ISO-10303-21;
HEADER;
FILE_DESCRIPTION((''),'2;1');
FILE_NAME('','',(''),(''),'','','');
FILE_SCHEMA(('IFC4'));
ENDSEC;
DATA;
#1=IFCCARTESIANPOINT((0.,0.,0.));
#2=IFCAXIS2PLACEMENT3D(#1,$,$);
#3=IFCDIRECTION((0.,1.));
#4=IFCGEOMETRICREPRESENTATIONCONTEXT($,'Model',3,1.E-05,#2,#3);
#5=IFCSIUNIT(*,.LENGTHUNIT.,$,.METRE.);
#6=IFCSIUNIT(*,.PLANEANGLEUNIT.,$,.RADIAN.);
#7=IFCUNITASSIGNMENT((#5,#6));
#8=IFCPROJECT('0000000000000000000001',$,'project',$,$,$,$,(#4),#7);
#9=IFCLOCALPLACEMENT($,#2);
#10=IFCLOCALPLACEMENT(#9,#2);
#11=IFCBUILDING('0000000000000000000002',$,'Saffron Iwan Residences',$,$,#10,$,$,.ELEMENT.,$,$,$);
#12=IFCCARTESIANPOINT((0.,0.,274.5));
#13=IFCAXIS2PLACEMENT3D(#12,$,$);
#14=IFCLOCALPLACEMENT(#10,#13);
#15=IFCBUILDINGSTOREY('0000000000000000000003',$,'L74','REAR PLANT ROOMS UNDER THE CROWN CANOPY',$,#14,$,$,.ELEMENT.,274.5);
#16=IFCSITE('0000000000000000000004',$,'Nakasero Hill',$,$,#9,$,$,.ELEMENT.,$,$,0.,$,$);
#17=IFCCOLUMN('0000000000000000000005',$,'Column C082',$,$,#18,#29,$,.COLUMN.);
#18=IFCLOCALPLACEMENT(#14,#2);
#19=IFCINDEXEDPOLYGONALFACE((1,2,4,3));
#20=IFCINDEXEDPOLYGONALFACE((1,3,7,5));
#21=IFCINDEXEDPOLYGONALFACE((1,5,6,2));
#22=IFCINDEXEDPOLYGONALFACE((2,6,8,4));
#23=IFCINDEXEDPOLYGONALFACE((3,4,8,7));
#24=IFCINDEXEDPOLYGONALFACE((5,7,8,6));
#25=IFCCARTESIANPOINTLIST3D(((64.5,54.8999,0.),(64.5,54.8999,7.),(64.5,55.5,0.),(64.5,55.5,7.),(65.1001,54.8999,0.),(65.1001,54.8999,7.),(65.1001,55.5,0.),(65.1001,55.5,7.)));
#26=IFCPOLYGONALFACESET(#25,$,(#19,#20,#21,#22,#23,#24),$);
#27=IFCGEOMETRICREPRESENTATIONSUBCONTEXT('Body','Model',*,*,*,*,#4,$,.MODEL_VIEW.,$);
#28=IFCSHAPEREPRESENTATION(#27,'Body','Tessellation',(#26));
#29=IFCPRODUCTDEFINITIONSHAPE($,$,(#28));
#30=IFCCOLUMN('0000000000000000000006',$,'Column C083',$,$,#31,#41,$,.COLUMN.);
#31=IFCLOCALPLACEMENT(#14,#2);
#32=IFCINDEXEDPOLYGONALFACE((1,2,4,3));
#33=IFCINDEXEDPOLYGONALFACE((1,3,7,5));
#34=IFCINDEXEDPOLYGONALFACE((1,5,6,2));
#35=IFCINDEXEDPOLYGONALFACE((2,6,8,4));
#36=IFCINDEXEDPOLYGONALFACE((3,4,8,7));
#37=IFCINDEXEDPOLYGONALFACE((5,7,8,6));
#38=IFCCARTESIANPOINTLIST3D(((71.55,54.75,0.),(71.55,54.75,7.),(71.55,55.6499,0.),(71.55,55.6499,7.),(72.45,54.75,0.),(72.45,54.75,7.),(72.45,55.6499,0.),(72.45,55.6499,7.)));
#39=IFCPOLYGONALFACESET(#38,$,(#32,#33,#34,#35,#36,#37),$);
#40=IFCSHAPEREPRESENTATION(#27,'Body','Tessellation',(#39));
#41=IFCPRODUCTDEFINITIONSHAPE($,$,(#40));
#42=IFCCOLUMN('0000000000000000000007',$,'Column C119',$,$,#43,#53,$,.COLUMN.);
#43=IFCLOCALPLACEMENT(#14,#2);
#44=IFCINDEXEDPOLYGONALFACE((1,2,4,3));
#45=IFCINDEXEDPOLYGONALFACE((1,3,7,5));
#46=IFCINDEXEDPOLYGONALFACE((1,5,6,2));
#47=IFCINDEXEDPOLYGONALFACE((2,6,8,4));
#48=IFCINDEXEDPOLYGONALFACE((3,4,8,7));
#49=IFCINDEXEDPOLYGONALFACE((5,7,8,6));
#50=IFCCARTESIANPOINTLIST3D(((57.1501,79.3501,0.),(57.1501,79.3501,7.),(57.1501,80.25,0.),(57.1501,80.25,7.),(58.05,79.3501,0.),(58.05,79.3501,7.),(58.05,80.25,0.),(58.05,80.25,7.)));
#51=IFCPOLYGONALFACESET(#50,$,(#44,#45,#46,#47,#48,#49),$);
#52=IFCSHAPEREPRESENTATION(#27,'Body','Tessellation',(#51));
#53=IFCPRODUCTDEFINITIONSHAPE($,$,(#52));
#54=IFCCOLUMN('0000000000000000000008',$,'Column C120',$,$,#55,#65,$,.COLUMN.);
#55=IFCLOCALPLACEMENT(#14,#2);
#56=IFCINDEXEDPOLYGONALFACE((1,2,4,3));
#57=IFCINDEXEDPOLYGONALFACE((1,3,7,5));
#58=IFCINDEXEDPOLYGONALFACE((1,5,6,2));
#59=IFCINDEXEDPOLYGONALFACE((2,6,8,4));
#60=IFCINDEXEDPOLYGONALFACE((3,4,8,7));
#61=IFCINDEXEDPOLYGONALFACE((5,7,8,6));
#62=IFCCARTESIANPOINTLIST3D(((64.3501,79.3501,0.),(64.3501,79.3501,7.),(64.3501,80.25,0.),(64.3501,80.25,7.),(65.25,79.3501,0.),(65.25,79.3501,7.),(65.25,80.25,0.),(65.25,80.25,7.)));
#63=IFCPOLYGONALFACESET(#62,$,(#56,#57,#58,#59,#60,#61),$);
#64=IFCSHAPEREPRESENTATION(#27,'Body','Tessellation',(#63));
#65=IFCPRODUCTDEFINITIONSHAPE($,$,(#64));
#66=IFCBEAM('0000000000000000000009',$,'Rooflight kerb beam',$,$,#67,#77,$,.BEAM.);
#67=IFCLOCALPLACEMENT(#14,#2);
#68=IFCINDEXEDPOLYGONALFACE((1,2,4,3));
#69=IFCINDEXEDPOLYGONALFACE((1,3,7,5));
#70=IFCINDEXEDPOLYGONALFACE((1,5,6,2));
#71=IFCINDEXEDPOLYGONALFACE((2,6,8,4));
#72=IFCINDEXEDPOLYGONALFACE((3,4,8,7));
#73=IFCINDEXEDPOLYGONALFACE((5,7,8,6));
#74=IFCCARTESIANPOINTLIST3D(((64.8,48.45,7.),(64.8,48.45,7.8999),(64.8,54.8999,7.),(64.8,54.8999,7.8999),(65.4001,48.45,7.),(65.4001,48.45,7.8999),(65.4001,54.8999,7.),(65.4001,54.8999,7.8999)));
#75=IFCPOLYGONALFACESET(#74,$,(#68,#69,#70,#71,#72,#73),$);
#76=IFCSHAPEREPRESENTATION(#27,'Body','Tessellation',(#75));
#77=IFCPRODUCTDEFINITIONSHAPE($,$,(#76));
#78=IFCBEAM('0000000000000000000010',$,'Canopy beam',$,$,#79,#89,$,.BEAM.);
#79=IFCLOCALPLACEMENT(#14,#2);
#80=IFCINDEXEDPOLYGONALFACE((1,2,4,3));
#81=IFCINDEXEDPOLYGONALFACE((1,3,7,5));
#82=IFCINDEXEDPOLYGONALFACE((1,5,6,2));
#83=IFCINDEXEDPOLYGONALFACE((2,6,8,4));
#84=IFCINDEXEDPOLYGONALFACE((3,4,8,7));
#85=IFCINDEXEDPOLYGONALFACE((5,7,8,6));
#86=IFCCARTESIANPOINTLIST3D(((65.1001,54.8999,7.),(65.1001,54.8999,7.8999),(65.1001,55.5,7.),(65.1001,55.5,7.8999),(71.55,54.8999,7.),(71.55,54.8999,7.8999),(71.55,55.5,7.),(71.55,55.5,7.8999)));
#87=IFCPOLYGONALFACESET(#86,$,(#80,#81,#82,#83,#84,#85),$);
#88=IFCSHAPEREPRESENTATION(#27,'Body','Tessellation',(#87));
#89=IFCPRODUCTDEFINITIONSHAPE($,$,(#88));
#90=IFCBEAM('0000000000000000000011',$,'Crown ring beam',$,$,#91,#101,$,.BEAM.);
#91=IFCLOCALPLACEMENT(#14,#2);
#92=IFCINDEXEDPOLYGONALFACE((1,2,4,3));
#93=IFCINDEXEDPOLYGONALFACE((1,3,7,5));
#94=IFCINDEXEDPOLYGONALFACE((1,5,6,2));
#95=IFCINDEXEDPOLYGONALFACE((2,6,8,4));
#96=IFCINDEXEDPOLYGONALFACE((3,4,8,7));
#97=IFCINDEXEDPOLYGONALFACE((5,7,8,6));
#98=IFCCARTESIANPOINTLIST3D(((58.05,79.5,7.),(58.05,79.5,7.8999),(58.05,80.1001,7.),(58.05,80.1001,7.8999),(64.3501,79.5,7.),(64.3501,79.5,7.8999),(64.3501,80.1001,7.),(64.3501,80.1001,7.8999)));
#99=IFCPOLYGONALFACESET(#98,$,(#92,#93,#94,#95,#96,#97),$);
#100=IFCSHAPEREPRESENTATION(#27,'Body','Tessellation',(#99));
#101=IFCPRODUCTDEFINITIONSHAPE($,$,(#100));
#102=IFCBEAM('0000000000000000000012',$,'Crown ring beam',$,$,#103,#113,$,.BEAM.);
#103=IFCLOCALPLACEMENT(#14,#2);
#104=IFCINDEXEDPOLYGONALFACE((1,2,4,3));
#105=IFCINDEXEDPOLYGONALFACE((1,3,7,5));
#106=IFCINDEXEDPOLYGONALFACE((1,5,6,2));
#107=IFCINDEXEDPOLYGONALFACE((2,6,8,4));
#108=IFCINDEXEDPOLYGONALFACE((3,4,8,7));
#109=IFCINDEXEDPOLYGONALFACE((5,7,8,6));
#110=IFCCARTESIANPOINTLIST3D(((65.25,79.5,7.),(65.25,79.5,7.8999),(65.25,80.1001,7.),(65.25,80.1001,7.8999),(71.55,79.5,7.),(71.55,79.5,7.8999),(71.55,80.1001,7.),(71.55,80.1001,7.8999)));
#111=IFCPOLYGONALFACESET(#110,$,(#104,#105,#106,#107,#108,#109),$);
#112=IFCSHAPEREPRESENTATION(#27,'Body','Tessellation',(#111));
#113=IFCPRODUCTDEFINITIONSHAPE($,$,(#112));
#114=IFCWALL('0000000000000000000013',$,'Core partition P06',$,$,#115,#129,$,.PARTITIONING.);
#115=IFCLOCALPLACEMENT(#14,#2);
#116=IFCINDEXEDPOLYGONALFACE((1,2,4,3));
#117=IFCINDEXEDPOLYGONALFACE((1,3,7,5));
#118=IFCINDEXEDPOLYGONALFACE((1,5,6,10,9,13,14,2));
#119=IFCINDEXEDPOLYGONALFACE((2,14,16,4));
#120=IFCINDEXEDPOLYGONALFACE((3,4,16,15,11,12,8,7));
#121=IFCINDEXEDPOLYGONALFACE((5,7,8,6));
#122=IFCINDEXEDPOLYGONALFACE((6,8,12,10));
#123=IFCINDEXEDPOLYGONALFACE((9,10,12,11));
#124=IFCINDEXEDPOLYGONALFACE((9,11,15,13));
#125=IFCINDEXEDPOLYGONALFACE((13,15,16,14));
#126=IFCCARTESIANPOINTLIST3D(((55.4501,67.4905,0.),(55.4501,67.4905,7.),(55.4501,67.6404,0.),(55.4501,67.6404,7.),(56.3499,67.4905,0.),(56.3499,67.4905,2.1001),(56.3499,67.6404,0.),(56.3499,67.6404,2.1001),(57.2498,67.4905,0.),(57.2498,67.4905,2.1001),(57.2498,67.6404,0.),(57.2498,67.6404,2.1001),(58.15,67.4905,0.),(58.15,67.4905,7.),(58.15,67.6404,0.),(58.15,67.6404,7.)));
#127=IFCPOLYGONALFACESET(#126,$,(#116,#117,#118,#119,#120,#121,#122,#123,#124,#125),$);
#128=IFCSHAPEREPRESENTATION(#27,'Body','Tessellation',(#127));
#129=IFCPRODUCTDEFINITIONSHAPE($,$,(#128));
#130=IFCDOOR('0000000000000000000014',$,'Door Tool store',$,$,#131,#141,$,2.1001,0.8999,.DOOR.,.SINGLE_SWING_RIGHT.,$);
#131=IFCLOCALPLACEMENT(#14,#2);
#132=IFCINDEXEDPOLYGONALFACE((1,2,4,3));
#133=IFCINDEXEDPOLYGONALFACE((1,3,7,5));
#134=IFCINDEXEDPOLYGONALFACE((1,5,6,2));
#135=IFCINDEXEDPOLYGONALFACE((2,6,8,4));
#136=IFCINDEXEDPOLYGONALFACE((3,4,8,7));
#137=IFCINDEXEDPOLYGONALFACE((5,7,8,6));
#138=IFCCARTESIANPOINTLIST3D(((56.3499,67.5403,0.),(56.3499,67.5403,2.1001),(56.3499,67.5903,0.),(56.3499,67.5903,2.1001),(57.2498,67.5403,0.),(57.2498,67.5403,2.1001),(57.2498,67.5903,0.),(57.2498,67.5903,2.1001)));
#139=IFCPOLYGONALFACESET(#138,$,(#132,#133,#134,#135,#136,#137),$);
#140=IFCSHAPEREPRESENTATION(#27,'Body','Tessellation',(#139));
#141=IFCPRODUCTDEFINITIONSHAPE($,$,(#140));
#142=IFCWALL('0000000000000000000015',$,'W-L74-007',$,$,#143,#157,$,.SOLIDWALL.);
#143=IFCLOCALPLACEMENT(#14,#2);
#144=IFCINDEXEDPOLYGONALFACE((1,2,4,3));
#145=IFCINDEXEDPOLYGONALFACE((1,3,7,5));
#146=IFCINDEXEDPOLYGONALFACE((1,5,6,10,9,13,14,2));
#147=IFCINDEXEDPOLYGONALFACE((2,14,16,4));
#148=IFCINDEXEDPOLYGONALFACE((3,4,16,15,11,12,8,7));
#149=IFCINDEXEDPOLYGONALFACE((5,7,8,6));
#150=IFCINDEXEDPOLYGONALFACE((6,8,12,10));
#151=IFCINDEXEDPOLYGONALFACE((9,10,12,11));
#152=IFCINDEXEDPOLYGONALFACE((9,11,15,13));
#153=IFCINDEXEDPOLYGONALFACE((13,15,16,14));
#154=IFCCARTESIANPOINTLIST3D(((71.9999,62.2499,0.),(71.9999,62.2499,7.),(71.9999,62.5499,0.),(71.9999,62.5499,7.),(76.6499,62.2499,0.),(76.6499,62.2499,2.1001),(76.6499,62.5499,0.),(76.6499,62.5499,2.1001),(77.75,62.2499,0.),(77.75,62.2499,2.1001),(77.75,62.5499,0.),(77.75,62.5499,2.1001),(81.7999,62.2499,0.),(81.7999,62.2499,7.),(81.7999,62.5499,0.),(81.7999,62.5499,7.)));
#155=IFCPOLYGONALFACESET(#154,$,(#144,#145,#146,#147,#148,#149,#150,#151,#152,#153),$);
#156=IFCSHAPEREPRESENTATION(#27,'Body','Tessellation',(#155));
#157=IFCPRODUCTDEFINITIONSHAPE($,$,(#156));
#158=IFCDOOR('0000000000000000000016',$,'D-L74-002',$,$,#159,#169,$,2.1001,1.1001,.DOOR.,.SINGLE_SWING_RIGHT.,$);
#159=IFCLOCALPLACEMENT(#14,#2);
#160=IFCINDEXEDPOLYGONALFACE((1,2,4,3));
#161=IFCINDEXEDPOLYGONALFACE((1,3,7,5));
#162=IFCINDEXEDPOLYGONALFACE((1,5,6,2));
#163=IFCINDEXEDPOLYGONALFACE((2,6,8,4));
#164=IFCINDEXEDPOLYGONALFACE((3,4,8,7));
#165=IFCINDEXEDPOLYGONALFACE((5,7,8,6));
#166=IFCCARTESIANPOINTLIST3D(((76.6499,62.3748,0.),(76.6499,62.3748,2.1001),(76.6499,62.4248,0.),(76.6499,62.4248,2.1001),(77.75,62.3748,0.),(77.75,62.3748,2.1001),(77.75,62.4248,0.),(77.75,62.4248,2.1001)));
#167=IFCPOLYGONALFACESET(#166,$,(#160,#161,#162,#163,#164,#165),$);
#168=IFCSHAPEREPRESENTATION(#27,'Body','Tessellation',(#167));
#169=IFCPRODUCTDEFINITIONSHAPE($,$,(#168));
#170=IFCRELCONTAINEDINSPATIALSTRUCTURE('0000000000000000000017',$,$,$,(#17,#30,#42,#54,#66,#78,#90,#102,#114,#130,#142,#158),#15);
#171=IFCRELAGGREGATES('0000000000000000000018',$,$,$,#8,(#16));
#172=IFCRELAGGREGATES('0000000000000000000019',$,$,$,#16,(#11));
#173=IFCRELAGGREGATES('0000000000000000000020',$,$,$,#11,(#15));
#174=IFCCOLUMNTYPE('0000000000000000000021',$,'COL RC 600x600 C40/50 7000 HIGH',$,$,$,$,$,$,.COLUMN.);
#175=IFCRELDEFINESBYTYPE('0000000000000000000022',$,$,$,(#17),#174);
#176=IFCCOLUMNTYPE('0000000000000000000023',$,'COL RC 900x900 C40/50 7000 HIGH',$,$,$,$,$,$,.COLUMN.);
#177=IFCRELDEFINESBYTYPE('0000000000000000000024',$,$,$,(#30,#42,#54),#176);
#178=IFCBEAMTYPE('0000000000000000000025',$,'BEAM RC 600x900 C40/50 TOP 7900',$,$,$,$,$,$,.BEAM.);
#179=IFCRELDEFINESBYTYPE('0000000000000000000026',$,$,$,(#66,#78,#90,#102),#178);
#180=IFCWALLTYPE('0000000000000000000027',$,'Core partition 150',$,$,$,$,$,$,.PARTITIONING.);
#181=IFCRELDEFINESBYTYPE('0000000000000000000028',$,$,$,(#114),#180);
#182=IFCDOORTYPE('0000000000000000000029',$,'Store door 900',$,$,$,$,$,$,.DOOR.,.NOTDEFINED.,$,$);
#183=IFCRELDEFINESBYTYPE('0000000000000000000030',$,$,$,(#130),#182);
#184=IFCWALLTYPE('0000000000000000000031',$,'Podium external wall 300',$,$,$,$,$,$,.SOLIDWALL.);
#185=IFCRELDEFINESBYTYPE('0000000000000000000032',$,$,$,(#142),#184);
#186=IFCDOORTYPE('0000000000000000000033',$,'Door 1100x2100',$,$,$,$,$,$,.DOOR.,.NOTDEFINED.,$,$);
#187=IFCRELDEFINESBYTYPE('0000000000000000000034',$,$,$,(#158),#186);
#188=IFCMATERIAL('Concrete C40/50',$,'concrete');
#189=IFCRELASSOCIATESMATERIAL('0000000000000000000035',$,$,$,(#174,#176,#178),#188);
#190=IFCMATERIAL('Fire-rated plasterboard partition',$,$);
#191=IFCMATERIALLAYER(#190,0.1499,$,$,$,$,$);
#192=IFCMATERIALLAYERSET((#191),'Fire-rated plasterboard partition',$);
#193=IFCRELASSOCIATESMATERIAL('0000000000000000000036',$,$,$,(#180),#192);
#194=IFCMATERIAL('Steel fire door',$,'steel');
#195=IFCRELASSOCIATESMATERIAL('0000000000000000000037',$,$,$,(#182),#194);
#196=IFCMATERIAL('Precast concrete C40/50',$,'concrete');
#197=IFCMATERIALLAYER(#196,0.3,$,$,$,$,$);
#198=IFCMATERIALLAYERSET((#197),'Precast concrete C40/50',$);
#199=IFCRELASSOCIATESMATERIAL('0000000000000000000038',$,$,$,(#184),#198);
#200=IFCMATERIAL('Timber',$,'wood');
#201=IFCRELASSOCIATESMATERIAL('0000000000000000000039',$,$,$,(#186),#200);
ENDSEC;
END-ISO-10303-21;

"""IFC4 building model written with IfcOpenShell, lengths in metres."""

from ifc_helpers import new_model, si_unit, direction, frame, frame_2d, origin, origin_2d, place, context, subcontext, project, spatial, rectangle, extrude, source, transform, mapped, material, layer, layer_set, material_profile, profile_set, type_object, element, fill, save


model = new_model("IFC4")

# Units and contexts
model_context = context("Model", 3, precision=1e-05, world=origin(), true_north=direction((0.0, 1.0)))
body_context = subcontext(model_context, "Body", "Model", "MODEL_VIEW")
ifc_project = project(units=[si_unit("LENGTHUNIT", "METRE"), si_unit("PLANEANGLEUNIT", "RADIAN")], contexts=[model_context])

# Site, building, storey
site_placement = place(None, origin())
site = spatial("IfcSite", under=ifc_project, at=site_placement, Name="Nakasero Hill", CompositionType="ELEMENT", RefElevation=0.0)
building_placement = place(site_placement, origin())
building = spatial("IfcBuilding", under=site, at=building_placement, Name="Saffron Iwan Residences", CompositionType="ELEMENT")
storey_placement = place(building_placement, frame((0.0, 0.0, 274.5)))
storey = spatial("IfcBuildingStorey", under=building, at=storey_placement, Name="L74", Description="REAR PLANT ROOMS UNDER THE CROWN CANOPY", CompositionType="ELEMENT", Elevation=274.5)

# Columns
ifc_material_1 = material(Name="Concrete C40/50", Category="concrete")
ifc_material_profile_1 = material_profile(ifc_material_1, rectangle(XDim=0.6001, YDim=0.6001, at=origin_2d()), Name="RC 600x600")
ifc_profile_set_1 = profile_set([ifc_material_profile_1], Name="Concrete C40/50")
column_type_1 = type_object("IfcColumnType", Name="COL RC 600x600 C40/50 7000 HIGH", PredefinedType="COLUMN", material=ifc_profile_set_1)
shared_shape_1 = source(origin(), body_context, "Body", "SweptSolid", [
    extrude(rectangle(XDim=0.6001, YDim=0.6001, at=origin_2d()), origin(), (0.0, 0.0, 1.0), 7.0),
])
column_placement = place(storey_placement, frame((64.8, 55.2, 0.0), z_axis=(0.0, 0.0, 1.0), x_axis=(1.0, 0.0, 0.0)))
element("IfcColumn", 1, at=column_placement, inside=storey, type_object=column_type_1, Name="Column C082", PredefinedType="COLUMN", context=body_context, shape_type="MappedRepresentation", body=[
    mapped(shared_shape_1, transform((0.0, 0.0, 0.0))),
])
ifc_material_profile_2 = material_profile(ifc_material_1, rectangle(XDim=0.8999, YDim=0.8999, at=origin_2d()), Name="RC 900x900")
ifc_profile_set_2 = profile_set([ifc_material_profile_2], Name="Concrete C40/50")
column_type_2 = type_object("IfcColumnType", Name="COL RC 900x900 C40/50 7000 HIGH", PredefinedType="COLUMN", material=ifc_profile_set_2)
shared_shape_2 = source(origin(), body_context, "Body", "SweptSolid", [
    extrude(rectangle(XDim=0.8999, YDim=0.8999, at=origin_2d()), origin(), (0.0, 0.0, 1.0), 7.0),
])
for number, where, z_axis, x_axis, name in (
    (2, (72.0, 55.2, 0.0), (0.0, 0.0, 1.0), (1.0, 0.0, 0.0), "Column C083"),
    (3, (57.6001, 79.8, 0.0), (0.0, 0.0, 1.0), (1.0, 0.0, 0.0), "Column C119"),
    (4, (64.8, 79.8, 0.0), (0.0, 0.0, 1.0), (1.0, 0.0, 0.0), "Column C120"),
):
    element("IfcColumn", number, at=place(storey_placement, frame(where, z_axis=z_axis, x_axis=x_axis)), inside=storey, type_object=column_type_2, Name=name, PredefinedType="COLUMN", context=body_context, shape_type="MappedRepresentation", body=[
        mapped(shared_shape_2, transform((0.0, 0.0, 0.0))),
    ])

# Beams
ifc_material_profile_3 = material_profile(ifc_material_1, rectangle(XDim=0.6001, YDim=0.8999, at=origin_2d()), Name="RC 600x900")
ifc_profile_set_3 = profile_set([ifc_material_profile_3], Name="Concrete C40/50")
beam_type = type_object("IfcBeamType", Name="BEAM RC 600x900 C40/50 TOP 7900", PredefinedType="BEAM", material=ifc_profile_set_3)
shared_shape_3 = source(origin(), body_context, "Body", "SweptSolid", [
    extrude(rectangle(XDim=0.6001, YDim=0.8999, at=origin_2d()), origin(), (0.0, 0.0, 1.0), 6.45),
])
for number, where, z_axis, x_axis, name in (
    (5, (65.1001, 54.8999, 7.45), (0.0, -1.0, 0.0), (1.0, 0.0, 0.0), "Rooflight kerb beam"),
    (6, (65.1001, 55.2, 7.45), (1.0, 0.0, 0.0), (0.0, 1.0, 0.0), "Canopy beam"),
):
    element("IfcBeam", number, at=place(storey_placement, frame(where, z_axis=z_axis, x_axis=x_axis)), inside=storey, type_object=beam_type, Name=name, PredefinedType="BEAM", context=body_context, shape_type="MappedRepresentation", body=[
        mapped(shared_shape_3, transform((0.0, 0.0, 0.0))),
    ])
shared_shape_4 = source(origin(), body_context, "Body", "SweptSolid", [
    extrude(rectangle(XDim=0.6001, YDim=0.8999, at=origin_2d()), origin(), (0.0, 0.0, 1.0), 6.3),
])
for number, where, z_axis, x_axis, name in (
    (7, (58.05, 79.8, 7.45), (1.0, 0.0, 0.0), (0.0, 1.0, 0.0), "Crown ring beam"),
    (8, (65.25, 79.8, 7.45), (1.0, 0.0, 0.0), (0.0, 1.0, 0.0), "Crown ring beam"),
):
    element("IfcBeam", number, at=place(storey_placement, frame(where, z_axis=z_axis, x_axis=x_axis)), inside=storey, type_object=beam_type, Name=name, PredefinedType="BEAM", context=body_context, shape_type="MappedRepresentation", body=[
        mapped(shared_shape_4, transform((0.0, 0.0, 0.0))),
    ])

# Walls, openings, doors
ifc_material_2 = material(Name="Fire-rated plasterboard partition")
ifc_layer_1 = layer(ifc_material_2, 0.1499)
ifc_layer_set_1 = layer_set([ifc_layer_1], Name="Fire-rated plasterboard partition")
wall_type_1 = type_object("IfcWallType", Name="Core partition 150", PredefinedType="PARTITIONING", material=ifc_layer_set_1)
wall_1_placement = place(storey_placement, frame((55.45, 67.5654, 0.0), z_axis=(0.0, 0.0, 1.0), x_axis=(1.0, 0.0, 0.0)))
wall_1 = element("IfcWall", 9, at=wall_1_placement, inside=storey, type_object=wall_type_1, Name="Core partition P06", PredefinedType="PARTITIONING", context=body_context, shape_type="SweptSolid", body=[
    extrude(rectangle(XDim=2.7, YDim=0.1499, at=frame_2d((1.3501, 0.0))), origin(), (0.0, 0.0, 1.0), 7.0),
])
opening_1_placement = place(wall_1_placement, frame((0.8999, 0.0, 0.0)))
opening_1 = element("IfcOpeningElement", 10, at=opening_1_placement, cuts=wall_1, PredefinedType="OPENING", context=body_context, shape_type="SweptSolid", body=[
    extrude(rectangle(XDim=0.8999, YDim=2.1001, at=frame_2d((0.45, 1.05))), frame((0.0, 0.085, 0.0), z_axis=(0.0, -1.0, 0.0), x_axis=(1.0, 0.0, 0.0)), (0.0, 0.0, 1.0), 0.1699),
])
ifc_material_3 = material(Name="Steel fire door", Category="steel")
door_type_1 = type_object("IfcDoorType", Name="Store door 900", OperationType="NOTDEFINED", PredefinedType="DOOR", material=ifc_material_3)
door_1_placement = place(opening_1_placement, origin())
door_1 = element("IfcDoor", 11, at=door_1_placement, inside=storey, type_object=door_type_1, Name="Door Tool store", OperationType="SINGLE_SWING_RIGHT", OverallHeight=2.1001, OverallWidth=0.8999, PredefinedType="DOOR", context=body_context, shape_type="SweptSolid", body=[
    extrude(rectangle(XDim=0.8999, YDim=2.1001, at=frame_2d((0.45, 1.05))), frame((0.0, 0.0249, 0.0), z_axis=(0.0, -1.0, 0.0), x_axis=(1.0, 0.0, 0.0)), (0.0, 0.0, 1.0), 0.05),
])
fill(opening_1, door_1)
ifc_material_4 = material(Name="Precast concrete C40/50", Category="concrete")
ifc_layer_2 = layer(ifc_material_4, 0.3)
ifc_layer_set_2 = layer_set([ifc_layer_2], Name="Precast concrete C40/50")
wall_type_2 = type_object("IfcWallType", Name="Podium external wall 300", PredefinedType="SOLIDWALL", material=ifc_layer_set_2)
wall_2_placement = place(storey_placement, frame((72.0, 62.3999, 0.0), z_axis=(0.0, 0.0, 1.0), x_axis=(1.0, 0.0, 0.0)))
wall_2 = element("IfcWall", 12, at=wall_2_placement, inside=storey, type_object=wall_type_2, Name="W-L74-007", PredefinedType="SOLIDWALL", context=body_context, shape_type="SweptSolid", body=[
    extrude(rectangle(XDim=9.8, YDim=0.3, at=frame_2d((4.8999, 0.0))), origin(), (0.0, 0.0, 1.0), 7.0),
])
opening_2_placement = place(wall_2_placement, frame((4.6499, 0.0, 0.0)))
opening_2 = element("IfcOpeningElement", 13, at=opening_2_placement, cuts=wall_2, PredefinedType="OPENING", context=body_context, shape_type="SweptSolid", body=[
    extrude(rectangle(XDim=1.1001, YDim=2.1001, at=frame_2d((0.55, 1.05))), frame((0.0, 0.1602, 0.0), z_axis=(0.0, -1.0, 0.0), x_axis=(1.0, 0.0, 0.0)), (0.0, 0.0, 1.0), 0.3201),
])
ifc_material_5 = material(Name="Timber", Category="wood")
door_type_2 = type_object("IfcDoorType", Name="Door 1100x2100", OperationType="NOTDEFINED", PredefinedType="DOOR", material=ifc_material_5)
door_2_placement = place(opening_2_placement, origin())
door_2 = element("IfcDoor", 14, at=door_2_placement, inside=storey, type_object=door_type_2, Name="D-L74-002", OperationType="SINGLE_SWING_RIGHT", OverallHeight=2.1001, OverallWidth=1.1001, PredefinedType="DOOR", context=body_context, shape_type="SweptSolid", body=[
    extrude(rectangle(XDim=1.1001, YDim=2.1001, at=frame_2d((0.55, 1.05))), frame((0.0, 0.0249, 0.0), z_axis=(0.0, -1.0, 0.0), x_axis=(1.0, 0.0, 0.0)), (0.0, 0.0, 1.0), 0.05),
])
fill(opening_2, door_2)

save(model, "model.ifc")
